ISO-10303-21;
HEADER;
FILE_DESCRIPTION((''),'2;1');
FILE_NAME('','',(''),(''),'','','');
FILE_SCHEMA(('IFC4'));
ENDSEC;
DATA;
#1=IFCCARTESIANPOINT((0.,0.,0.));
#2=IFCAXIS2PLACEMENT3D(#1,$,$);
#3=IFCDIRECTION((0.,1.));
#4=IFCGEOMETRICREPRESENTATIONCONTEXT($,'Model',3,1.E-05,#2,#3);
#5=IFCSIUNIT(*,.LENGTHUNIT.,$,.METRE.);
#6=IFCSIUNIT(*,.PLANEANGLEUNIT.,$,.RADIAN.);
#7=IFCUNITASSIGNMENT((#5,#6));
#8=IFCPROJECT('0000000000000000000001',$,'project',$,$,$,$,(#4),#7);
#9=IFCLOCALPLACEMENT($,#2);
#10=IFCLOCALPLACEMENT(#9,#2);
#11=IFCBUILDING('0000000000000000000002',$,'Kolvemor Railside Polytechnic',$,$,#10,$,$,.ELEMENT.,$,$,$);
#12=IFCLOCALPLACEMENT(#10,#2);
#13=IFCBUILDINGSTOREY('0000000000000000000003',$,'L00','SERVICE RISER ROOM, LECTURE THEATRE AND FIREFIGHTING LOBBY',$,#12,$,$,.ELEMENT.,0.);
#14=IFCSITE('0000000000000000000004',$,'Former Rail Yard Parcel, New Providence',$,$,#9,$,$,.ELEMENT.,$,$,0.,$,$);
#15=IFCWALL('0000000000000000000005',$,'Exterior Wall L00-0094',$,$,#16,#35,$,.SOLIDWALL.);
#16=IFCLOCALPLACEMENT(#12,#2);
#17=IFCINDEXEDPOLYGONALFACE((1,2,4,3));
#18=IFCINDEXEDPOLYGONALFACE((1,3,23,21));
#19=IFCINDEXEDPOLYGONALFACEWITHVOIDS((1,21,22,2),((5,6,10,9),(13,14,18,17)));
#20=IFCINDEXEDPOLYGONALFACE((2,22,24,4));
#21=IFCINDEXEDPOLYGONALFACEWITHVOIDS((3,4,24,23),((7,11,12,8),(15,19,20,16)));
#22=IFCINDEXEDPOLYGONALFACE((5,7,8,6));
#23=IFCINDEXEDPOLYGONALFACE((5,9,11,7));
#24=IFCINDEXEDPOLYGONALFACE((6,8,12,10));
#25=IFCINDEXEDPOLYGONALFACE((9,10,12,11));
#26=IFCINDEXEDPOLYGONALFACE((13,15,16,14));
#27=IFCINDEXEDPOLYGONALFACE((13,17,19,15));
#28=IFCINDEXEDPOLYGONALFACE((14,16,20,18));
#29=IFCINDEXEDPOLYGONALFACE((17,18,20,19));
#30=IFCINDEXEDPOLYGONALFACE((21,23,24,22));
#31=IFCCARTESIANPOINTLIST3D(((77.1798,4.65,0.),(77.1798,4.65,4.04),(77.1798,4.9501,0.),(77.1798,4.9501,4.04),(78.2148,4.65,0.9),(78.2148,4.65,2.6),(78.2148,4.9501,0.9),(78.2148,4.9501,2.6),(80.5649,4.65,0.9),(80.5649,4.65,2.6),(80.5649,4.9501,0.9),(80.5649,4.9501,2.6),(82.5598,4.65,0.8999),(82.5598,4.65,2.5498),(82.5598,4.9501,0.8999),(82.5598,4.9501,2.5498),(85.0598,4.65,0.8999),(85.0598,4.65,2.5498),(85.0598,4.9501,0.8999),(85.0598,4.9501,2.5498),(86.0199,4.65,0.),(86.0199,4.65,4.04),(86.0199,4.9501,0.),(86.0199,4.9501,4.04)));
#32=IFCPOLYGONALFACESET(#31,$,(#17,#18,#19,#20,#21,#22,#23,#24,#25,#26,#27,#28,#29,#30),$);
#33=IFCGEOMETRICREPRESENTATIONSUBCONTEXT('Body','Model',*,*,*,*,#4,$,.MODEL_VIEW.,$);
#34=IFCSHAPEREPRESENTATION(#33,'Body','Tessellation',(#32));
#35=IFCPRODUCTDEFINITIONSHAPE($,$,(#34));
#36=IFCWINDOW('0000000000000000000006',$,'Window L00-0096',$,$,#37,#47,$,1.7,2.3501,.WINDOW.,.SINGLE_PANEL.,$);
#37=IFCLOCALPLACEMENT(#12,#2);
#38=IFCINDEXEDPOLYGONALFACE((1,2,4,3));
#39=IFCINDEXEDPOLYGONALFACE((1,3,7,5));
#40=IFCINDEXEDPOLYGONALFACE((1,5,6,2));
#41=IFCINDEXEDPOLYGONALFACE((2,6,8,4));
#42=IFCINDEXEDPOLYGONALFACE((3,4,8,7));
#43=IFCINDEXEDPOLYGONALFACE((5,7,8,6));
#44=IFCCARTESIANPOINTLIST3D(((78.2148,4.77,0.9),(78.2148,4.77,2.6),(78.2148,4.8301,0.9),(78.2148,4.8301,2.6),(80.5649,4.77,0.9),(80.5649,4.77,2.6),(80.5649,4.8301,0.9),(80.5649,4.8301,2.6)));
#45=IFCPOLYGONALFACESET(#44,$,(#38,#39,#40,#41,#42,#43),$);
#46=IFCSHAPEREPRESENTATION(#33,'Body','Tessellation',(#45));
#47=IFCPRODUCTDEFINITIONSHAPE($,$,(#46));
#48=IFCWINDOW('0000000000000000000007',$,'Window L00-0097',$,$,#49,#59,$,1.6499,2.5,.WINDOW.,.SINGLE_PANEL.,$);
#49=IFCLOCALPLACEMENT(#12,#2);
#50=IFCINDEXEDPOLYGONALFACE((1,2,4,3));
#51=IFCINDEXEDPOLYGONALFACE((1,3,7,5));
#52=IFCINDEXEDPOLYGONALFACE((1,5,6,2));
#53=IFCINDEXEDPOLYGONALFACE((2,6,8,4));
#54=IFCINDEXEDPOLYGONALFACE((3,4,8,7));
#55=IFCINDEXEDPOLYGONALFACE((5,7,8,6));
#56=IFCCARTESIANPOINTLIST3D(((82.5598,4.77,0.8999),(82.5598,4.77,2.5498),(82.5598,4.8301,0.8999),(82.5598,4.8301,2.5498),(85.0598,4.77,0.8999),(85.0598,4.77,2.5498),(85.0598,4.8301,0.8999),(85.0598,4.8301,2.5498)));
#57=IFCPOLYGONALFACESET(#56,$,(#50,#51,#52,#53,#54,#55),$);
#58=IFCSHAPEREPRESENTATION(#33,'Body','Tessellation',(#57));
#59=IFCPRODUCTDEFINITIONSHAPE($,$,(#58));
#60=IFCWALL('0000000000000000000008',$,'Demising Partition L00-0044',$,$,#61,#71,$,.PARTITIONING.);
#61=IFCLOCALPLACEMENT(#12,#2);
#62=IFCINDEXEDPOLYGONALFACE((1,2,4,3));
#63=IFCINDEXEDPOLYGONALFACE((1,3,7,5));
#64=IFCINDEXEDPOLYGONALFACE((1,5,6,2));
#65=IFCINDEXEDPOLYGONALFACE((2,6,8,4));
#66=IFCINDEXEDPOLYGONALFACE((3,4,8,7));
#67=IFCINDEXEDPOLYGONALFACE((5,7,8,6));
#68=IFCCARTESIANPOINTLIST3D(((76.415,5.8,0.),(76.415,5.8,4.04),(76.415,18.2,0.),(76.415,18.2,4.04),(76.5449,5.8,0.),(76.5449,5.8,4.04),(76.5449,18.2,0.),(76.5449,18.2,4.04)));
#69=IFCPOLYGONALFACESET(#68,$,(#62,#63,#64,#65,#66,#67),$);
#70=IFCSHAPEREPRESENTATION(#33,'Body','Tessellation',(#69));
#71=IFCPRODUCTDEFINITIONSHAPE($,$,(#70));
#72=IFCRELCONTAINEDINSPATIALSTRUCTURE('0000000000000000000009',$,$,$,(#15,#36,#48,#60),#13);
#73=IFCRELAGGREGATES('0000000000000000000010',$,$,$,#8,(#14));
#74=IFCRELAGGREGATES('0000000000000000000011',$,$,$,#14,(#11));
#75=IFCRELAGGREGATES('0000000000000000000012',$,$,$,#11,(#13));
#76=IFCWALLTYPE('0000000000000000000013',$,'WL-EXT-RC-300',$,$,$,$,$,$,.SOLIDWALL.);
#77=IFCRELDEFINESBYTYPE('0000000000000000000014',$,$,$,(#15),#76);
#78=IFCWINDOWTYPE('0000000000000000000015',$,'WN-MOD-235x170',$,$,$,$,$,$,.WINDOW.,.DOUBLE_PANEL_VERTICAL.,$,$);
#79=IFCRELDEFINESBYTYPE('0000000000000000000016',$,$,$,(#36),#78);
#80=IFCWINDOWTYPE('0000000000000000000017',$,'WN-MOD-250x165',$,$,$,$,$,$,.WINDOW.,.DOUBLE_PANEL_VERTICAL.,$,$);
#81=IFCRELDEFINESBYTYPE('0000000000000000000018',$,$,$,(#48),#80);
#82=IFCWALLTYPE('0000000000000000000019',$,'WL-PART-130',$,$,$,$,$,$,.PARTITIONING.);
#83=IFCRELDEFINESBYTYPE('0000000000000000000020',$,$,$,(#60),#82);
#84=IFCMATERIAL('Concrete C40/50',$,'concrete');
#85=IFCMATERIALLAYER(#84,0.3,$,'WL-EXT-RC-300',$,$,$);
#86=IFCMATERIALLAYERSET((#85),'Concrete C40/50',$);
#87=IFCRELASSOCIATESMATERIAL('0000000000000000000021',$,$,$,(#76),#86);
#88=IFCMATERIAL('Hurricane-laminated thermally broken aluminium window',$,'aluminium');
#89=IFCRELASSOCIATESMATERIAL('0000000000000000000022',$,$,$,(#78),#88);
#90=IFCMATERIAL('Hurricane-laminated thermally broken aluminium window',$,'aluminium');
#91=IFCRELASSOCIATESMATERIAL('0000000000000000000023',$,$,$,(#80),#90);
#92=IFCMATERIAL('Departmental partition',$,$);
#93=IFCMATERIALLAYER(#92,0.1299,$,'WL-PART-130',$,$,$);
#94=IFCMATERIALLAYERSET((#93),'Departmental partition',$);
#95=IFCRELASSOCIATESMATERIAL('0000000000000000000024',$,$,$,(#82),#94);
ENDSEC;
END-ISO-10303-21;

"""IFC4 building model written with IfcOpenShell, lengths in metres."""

from ifc_helpers import new_model, si_unit, direction, frame, frame_2d, origin, place, context, subcontext, project, spatial, rectangle, extrude, material, layer, layer_set, type_object, element, fill, save


model = new_model("IFC4")

# Units and contexts
model_context = context("Model", 3, precision=1e-05, world=origin(), true_north=direction((0.0, 1.0)))
body_context = subcontext(model_context, "Body", "Model", "MODEL_VIEW")
ifc_project = project(units=[si_unit("LENGTHUNIT", "METRE"), si_unit("PLANEANGLEUNIT", "RADIAN")], contexts=[model_context])

# Site, building, storey
site_placement = place(None, origin())
site = spatial("IfcSite", under=ifc_project, at=site_placement, Name="Former Rail Yard Parcel, New Providence", CompositionType="ELEMENT", RefElevation=0.0)
building_placement = place(site_placement, origin())
building = spatial("IfcBuilding", under=site, at=building_placement, Name="Kolvemor Railside Polytechnic", CompositionType="ELEMENT")
storey_placement = place(building_placement, origin())
storey = spatial("IfcBuildingStorey", under=building, at=storey_placement, Name="L00", Description="SERVICE RISER ROOM, LECTURE THEATRE AND FIREFIGHTING LOBBY", CompositionType="ELEMENT", Elevation=0.0)

# Wall, openings, windows
ifc_material_1 = material(Name="Concrete C40/50", Category="concrete")
ifc_layer_1 = layer(ifc_material_1, 0.3, Name="WL-EXT-RC-300")
ifc_layer_set_1 = layer_set([ifc_layer_1], Name="Concrete C40/50")
wall_type_1 = type_object("IfcWallType", Name="WL-EXT-RC-300", PredefinedType="SOLIDWALL", material=ifc_layer_set_1)
wall_1_placement = place(storey_placement, frame((77.1799, 4.8, 0.0), z_axis=(0.0, 0.0, 1.0), x_axis=(1.0, 0.0, 0.0)))
wall_1 = element("IfcWall", 1, at=wall_1_placement, inside=storey, type_object=wall_type_1, Name="Exterior Wall L00-0094", PredefinedType="SOLIDWALL", context=body_context, shape_type="SweptSolid", body=[
    extrude(rectangle(XDim=8.8401, YDim=0.3, at=frame_2d((4.4199, 0.0))), origin(), (0.0, 0.0, 1.0), 4.04),
])
opening_1_placement = place(wall_1_placement, frame((1.0349, 0.0, 0.8999)))
opening_1 = element("IfcOpeningElement", 2, at=opening_1_placement, cuts=wall_1, PredefinedType="OPENING", context=body_context, shape_type="SweptSolid", body=[
    extrude(rectangle(XDim=2.3501, YDim=1.7, at=frame_2d((1.175, 0.8501))), frame((0.0, 0.1599, 0.0), z_axis=(0.0, -1.0, 0.0), x_axis=(1.0, 0.0, 0.0)), (0.0, 0.0, 1.0), 0.3201),
])
opening_2_placement = place(wall_1_placement, frame((5.3799, 0.0, 0.8999)))
opening_2 = element("IfcOpeningElement", 3, at=opening_2_placement, cuts=wall_1, PredefinedType="OPENING", context=body_context, shape_type="SweptSolid", body=[
    extrude(rectangle(XDim=2.5, YDim=1.6499, at=frame_2d((1.25, 0.825))), frame((0.0, 0.1599, 0.0), z_axis=(0.0, -1.0, 0.0), x_axis=(1.0, 0.0, 0.0)), (0.0, 0.0, 1.0), 0.3201),
])
ifc_material_2 = material(Name="Hurricane-laminated thermally broken aluminium window", Category="aluminium")
window_type_1 = type_object("IfcWindowType", Name="WN-MOD-235x170", PartitioningType="DOUBLE_PANEL_VERTICAL", PredefinedType="WINDOW", material=ifc_material_2)
window_1_placement = place(opening_1_placement, origin())
window_1 = element("IfcWindow", 4, at=window_1_placement, inside=storey, type_object=window_type_1, Name="Window L00-0096", OverallHeight=1.7, OverallWidth=2.3501, PartitioningType="SINGLE_PANEL", PredefinedType="WINDOW", context=body_context, shape_type="SweptSolid", body=[
    extrude(rectangle(XDim=2.3501, YDim=1.7, at=frame_2d((1.175, 0.8501))), frame((0.0, 0.03, 0.0), z_axis=(0.0, -1.0, 0.0), x_axis=(1.0, 0.0, 0.0)), (0.0, 0.0, 1.0), 0.0601),
])
fill(opening_1, window_1)
ifc_material_3 = material(Name="Hurricane-laminated thermally broken aluminium window", Category="aluminium")
window_type_2 = type_object("IfcWindowType", Name="WN-MOD-250x165", PartitioningType="DOUBLE_PANEL_VERTICAL", PredefinedType="WINDOW", material=ifc_material_3)
window_2_placement = place(opening_2_placement, origin())
window_2 = element("IfcWindow", 5, at=window_2_placement, inside=storey, type_object=window_type_2, Name="Window L00-0097", OverallHeight=1.6499, OverallWidth=2.5, PartitioningType="SINGLE_PANEL", PredefinedType="WINDOW", context=body_context, shape_type="SweptSolid", body=[
    extrude(rectangle(XDim=2.5, YDim=1.6499, at=frame_2d((1.25, 0.825))), frame((0.0, 0.03, 0.0), z_axis=(0.0, -1.0, 0.0), x_axis=(1.0, 0.0, 0.0)), (0.0, 0.0, 1.0), 0.0601),
])
fill(opening_2, window_2)

# Wall
ifc_material_4 = material(Name="Departmental partition")
ifc_layer_2 = layer(ifc_material_4, 0.1299, Name="WL-PART-130")
ifc_layer_set_2 = layer_set([ifc_layer_2], Name="Departmental partition")
wall_type_2 = type_object("IfcWallType", Name="WL-PART-130", PredefinedType="PARTITIONING", material=ifc_layer_set_2)
wall_2_placement = place(storey_placement, frame((76.48, 5.8, 0.0), z_axis=(0.0, 0.0, 1.0), x_axis=(0.0, 1.0, 0.0)))
element("IfcWall", 6, at=wall_2_placement, inside=storey, type_object=wall_type_2, Name="Demising Partition L00-0044", PredefinedType="PARTITIONING", context=body_context, shape_type="SweptSolid", body=[
    extrude(rectangle(XDim=12.3999, YDim=0.1299, at=frame_2d((6.2, 0.0))), origin(), (0.0, 0.0, 1.0), 4.04),
])

save(model, "model.ifc")
